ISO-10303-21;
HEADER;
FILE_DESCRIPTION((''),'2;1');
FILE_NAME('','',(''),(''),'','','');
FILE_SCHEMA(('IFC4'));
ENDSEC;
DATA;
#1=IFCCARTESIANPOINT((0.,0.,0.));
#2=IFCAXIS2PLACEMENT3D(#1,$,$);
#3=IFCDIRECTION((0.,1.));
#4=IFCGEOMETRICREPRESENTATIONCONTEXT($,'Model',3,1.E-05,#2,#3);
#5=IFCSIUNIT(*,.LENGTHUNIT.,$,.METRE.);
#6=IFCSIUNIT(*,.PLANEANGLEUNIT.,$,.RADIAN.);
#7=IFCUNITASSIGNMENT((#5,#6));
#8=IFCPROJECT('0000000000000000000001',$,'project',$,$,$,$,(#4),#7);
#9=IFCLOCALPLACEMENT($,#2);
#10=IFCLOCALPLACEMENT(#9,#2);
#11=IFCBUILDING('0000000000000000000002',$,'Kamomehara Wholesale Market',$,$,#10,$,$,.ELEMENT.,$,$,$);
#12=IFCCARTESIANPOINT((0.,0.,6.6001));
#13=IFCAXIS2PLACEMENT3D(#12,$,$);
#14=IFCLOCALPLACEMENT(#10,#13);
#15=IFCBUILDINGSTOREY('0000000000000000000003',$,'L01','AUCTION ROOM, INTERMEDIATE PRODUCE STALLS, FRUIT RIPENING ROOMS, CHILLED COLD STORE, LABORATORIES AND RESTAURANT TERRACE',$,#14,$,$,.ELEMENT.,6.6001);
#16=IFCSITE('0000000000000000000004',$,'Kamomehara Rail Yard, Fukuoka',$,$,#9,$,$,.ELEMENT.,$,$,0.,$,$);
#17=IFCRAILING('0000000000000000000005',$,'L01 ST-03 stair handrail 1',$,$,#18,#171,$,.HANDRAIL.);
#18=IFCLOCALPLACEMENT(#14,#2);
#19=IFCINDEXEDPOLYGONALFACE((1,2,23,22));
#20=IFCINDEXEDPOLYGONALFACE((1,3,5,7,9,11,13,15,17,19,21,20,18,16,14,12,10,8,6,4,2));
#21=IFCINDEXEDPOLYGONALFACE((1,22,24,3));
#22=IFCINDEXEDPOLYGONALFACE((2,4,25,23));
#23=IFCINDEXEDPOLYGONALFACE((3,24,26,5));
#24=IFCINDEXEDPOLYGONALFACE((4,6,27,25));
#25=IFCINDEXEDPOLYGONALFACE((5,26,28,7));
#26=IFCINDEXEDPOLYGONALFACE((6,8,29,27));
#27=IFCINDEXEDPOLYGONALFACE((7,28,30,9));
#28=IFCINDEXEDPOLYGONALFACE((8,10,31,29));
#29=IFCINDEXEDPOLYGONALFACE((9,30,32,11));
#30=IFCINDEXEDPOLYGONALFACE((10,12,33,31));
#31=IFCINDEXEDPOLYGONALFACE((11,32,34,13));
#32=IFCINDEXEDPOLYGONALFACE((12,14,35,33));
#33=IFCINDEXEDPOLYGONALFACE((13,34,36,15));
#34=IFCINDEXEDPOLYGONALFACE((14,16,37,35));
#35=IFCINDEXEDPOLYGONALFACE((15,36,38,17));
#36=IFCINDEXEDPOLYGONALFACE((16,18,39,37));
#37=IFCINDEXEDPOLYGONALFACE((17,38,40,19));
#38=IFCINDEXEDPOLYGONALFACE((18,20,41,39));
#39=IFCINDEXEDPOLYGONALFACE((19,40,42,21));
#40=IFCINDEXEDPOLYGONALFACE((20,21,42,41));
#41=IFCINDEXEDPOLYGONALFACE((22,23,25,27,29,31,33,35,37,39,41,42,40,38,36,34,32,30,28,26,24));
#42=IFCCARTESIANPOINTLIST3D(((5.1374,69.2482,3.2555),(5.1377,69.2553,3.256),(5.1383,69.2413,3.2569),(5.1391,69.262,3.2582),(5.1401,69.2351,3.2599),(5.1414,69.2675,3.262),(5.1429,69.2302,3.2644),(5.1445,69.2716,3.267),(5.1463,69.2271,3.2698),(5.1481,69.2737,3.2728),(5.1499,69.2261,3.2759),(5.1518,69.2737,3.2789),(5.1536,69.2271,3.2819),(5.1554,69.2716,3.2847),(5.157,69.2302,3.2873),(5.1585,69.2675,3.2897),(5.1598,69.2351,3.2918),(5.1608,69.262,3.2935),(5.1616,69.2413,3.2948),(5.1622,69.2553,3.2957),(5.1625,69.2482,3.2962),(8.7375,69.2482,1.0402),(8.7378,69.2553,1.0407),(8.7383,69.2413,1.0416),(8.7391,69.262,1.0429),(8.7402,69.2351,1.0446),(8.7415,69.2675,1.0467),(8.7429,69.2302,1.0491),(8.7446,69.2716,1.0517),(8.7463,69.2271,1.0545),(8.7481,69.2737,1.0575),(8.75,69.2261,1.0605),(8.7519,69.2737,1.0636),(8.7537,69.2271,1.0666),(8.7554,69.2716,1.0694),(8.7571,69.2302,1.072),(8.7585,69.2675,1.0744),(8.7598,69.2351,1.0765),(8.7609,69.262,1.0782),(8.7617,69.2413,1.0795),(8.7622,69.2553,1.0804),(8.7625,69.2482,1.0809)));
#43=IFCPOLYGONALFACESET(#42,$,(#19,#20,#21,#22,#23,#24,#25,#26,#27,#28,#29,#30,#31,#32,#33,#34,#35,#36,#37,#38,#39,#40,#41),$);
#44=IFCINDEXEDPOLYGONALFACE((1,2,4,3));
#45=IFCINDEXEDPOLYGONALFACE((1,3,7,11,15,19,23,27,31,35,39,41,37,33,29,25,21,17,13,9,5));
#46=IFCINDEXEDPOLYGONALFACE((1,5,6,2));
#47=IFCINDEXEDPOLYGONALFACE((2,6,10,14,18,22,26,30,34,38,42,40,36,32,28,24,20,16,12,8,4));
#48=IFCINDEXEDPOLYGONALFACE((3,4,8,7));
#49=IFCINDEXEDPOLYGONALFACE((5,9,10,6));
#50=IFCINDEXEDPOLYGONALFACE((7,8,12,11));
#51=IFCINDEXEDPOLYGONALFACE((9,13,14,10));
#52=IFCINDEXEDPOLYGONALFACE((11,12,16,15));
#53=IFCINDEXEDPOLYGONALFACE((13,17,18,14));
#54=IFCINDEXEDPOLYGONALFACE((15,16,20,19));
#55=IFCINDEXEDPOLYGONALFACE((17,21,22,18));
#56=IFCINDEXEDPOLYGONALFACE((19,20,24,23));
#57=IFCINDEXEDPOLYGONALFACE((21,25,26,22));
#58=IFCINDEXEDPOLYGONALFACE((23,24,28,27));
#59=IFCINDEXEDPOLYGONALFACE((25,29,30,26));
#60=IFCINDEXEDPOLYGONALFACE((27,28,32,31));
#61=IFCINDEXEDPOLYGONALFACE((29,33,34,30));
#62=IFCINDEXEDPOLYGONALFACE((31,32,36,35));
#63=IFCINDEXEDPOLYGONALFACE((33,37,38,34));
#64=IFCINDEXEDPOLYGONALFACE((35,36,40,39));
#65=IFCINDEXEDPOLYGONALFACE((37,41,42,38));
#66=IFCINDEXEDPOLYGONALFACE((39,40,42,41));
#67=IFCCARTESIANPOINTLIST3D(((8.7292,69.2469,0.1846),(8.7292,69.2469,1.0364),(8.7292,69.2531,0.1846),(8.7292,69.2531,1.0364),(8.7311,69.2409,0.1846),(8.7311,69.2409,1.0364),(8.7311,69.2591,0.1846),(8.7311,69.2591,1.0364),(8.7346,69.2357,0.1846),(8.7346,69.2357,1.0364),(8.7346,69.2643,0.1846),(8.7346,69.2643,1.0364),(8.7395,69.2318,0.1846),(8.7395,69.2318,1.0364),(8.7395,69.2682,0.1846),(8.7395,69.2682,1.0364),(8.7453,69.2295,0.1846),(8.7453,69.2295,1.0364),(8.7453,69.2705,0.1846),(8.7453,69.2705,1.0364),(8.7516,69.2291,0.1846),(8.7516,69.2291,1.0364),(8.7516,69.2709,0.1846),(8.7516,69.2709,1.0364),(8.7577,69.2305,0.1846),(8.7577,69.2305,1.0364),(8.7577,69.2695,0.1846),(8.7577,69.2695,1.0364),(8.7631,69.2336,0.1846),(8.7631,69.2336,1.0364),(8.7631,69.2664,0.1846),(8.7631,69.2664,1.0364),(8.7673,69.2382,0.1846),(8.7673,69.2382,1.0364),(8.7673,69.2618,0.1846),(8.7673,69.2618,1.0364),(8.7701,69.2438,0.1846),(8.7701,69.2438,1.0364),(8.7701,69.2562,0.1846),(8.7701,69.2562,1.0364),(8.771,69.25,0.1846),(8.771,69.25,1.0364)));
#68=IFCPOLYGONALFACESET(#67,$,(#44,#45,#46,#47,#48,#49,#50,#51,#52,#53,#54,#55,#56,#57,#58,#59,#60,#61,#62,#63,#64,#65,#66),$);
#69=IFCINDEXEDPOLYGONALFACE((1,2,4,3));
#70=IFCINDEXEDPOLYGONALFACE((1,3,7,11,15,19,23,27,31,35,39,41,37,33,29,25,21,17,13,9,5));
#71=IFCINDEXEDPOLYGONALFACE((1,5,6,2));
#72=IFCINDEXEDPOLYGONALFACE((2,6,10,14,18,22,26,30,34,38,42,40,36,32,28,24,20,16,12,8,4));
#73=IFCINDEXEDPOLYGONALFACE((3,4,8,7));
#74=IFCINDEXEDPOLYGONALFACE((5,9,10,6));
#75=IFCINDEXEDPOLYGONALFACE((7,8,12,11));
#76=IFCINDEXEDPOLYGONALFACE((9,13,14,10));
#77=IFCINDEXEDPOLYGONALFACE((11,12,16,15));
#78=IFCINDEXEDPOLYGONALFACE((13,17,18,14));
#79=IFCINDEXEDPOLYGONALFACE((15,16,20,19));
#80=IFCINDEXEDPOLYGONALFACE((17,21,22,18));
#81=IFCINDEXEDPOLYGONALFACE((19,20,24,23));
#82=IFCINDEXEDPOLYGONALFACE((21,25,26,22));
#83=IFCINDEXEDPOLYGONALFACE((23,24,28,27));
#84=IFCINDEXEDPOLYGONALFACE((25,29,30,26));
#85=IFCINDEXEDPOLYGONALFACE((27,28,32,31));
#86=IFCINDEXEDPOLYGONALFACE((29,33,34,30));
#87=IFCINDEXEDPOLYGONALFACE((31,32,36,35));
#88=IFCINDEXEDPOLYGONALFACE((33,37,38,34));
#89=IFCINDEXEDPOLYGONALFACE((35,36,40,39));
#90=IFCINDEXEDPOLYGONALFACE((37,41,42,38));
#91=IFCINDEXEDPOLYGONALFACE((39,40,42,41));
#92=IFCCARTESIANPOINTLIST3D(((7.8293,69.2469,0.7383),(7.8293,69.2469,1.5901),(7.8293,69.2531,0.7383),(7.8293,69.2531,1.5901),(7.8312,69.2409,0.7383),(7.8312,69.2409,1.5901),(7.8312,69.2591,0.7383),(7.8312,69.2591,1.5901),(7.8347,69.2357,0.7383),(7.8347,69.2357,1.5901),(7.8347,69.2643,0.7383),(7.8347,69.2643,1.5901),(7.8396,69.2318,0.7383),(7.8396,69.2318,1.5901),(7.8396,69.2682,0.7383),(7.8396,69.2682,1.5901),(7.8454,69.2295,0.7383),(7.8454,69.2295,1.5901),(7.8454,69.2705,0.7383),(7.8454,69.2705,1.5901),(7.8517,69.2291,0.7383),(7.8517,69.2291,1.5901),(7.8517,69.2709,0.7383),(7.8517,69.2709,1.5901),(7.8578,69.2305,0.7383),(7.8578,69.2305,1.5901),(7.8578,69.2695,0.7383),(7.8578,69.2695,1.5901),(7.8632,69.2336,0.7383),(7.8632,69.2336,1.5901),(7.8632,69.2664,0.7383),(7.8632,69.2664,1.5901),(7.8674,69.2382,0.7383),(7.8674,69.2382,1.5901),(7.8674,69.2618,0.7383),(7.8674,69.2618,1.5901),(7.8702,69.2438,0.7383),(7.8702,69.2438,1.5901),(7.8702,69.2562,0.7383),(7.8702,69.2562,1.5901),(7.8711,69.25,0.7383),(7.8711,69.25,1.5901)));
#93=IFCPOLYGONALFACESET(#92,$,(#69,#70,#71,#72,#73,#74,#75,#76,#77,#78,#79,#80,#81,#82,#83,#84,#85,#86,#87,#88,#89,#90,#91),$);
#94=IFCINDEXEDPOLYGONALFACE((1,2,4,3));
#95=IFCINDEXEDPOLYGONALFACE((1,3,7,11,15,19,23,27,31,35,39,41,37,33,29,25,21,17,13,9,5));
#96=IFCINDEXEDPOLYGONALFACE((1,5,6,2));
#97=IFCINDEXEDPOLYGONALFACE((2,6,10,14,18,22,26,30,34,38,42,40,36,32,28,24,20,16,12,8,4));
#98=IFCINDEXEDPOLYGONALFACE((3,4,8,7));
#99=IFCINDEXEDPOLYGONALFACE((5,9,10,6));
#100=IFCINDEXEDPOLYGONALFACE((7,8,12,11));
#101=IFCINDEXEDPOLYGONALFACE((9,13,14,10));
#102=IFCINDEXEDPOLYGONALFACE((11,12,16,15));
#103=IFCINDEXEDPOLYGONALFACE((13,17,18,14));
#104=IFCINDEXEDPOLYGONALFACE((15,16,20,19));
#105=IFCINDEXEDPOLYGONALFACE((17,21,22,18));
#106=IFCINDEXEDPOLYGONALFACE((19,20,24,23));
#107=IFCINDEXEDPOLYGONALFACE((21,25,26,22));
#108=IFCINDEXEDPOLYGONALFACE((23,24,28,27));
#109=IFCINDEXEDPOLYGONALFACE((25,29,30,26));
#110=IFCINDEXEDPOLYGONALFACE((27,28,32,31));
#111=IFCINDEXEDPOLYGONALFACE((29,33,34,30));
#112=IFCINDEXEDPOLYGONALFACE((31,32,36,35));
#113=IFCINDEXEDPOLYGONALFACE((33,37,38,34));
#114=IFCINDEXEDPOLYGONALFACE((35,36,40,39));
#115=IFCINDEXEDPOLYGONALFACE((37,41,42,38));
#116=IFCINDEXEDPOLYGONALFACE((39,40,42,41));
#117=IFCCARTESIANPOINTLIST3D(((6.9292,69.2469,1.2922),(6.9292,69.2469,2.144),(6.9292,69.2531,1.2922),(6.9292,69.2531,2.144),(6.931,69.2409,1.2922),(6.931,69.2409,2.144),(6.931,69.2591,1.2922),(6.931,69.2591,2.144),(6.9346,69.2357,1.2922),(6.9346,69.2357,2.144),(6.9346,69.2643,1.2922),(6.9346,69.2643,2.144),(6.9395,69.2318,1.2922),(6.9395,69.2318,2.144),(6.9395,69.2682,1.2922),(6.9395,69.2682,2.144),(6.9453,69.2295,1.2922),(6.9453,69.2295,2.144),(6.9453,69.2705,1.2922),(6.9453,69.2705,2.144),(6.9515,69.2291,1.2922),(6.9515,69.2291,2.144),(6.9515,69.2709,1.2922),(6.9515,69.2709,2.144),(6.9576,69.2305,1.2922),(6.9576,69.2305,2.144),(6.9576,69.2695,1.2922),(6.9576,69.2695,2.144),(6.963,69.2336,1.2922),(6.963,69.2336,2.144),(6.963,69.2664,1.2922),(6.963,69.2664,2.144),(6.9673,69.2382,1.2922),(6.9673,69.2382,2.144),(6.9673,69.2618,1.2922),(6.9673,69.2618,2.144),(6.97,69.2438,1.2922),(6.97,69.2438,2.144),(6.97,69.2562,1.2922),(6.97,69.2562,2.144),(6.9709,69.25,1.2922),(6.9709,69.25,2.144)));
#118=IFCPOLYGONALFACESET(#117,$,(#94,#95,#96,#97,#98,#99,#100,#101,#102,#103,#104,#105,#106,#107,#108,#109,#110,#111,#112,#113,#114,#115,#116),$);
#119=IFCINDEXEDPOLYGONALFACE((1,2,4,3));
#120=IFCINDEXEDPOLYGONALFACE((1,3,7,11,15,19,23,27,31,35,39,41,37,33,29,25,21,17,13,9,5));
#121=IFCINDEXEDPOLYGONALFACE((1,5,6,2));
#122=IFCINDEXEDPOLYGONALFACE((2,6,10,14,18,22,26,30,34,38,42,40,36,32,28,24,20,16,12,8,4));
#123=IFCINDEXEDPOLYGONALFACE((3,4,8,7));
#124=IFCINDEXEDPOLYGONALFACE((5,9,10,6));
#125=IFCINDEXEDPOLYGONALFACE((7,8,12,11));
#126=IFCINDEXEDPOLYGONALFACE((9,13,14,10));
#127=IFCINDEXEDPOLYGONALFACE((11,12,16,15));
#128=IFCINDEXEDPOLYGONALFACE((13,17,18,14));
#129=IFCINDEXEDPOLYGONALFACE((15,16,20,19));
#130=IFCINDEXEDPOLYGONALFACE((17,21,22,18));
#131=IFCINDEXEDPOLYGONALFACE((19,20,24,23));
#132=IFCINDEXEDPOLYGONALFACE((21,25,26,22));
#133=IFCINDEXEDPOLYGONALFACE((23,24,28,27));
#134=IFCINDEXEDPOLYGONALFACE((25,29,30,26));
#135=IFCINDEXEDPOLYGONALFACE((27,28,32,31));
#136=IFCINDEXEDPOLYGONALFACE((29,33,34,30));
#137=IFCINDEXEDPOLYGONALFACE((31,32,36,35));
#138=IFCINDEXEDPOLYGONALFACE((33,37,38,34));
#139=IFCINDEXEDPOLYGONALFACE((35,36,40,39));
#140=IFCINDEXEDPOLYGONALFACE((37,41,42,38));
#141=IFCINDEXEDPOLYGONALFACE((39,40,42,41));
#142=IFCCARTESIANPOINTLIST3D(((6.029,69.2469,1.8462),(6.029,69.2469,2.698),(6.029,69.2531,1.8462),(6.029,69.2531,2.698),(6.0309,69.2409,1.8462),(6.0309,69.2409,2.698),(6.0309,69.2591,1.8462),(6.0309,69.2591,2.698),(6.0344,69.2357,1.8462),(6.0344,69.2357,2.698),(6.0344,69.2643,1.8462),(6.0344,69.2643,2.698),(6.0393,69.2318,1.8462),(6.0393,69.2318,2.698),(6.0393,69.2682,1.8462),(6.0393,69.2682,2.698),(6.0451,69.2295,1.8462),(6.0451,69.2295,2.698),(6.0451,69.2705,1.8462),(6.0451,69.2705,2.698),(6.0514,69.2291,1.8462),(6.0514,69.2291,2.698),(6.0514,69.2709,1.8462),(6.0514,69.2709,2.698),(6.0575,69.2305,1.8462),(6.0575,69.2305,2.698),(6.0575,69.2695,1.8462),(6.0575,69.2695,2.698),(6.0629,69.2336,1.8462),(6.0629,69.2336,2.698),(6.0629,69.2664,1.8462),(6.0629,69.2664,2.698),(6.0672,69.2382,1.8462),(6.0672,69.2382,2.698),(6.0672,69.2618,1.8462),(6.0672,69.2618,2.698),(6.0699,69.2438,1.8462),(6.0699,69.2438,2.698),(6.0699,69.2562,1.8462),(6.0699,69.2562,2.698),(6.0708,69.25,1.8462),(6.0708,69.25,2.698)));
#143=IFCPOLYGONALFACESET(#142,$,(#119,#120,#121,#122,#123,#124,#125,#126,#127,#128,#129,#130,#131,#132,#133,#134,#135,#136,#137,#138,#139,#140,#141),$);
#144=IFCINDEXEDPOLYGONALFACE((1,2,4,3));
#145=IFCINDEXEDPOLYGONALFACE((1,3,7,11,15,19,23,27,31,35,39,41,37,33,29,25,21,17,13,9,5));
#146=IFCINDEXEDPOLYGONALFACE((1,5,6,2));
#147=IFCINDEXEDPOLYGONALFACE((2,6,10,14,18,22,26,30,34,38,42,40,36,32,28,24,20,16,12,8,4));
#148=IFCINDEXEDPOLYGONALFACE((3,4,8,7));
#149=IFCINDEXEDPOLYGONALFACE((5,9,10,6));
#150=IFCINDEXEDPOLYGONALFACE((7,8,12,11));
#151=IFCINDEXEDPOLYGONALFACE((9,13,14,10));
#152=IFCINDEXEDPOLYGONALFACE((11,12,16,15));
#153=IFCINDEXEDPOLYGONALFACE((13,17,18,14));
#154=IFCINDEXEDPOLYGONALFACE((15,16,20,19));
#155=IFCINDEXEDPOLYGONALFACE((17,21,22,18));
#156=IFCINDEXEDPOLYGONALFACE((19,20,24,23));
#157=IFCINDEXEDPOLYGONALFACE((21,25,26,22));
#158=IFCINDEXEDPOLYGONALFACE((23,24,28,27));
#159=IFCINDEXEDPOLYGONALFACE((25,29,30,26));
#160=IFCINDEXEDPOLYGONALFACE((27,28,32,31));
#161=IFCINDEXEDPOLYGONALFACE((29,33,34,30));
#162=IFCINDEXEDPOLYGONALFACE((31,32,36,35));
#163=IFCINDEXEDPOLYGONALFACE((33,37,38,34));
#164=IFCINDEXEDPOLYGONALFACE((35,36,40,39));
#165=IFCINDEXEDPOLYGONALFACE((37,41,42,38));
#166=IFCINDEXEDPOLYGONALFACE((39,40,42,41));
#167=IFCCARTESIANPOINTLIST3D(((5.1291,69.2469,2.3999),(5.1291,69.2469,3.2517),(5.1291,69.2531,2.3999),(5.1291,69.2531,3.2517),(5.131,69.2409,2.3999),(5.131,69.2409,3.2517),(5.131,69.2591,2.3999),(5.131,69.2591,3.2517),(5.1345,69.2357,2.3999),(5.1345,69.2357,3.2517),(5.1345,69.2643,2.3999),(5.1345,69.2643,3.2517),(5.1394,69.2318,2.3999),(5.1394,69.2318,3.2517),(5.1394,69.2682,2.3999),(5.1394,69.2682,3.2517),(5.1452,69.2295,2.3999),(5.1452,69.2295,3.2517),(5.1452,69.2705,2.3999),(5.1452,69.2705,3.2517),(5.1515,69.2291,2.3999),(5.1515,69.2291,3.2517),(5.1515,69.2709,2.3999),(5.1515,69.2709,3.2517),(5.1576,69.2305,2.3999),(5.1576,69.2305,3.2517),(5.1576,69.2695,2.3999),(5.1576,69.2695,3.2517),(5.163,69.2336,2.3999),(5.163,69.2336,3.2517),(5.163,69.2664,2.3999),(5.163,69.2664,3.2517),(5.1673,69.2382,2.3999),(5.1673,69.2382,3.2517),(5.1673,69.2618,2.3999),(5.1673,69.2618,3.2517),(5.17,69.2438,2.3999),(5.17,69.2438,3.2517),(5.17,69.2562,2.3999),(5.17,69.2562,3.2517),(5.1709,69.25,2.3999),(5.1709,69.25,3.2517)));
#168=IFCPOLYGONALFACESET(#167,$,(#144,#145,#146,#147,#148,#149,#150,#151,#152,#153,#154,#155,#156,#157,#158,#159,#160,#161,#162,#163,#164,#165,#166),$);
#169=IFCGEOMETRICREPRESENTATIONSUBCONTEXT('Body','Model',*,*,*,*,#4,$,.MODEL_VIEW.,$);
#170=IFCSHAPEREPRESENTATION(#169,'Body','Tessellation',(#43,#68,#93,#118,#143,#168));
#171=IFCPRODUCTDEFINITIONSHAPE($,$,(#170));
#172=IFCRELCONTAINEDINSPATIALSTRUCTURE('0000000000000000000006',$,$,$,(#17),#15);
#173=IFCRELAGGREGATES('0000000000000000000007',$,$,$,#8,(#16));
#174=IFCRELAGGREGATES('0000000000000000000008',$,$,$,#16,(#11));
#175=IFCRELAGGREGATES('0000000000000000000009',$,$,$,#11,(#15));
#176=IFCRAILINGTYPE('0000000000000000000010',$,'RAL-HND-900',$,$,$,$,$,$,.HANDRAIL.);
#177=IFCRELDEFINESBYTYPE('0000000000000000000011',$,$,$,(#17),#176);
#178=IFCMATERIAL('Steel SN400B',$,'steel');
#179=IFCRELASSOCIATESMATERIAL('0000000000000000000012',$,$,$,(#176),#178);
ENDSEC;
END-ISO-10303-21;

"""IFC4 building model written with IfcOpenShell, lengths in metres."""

from ifc_helpers import new_model, si_unit, direction, frame, origin, origin_2d, place, context, subcontext, project, spatial, circle, extrude, material, type_object, element, save


model = new_model("IFC4")

# Units and contexts
model_context = context("Model", 3, precision=1e-05, world=origin(), true_north=direction((0.0, 1.0)))
body_context = subcontext(model_context, "Body", "Model", "MODEL_VIEW")
ifc_project = project(units=[si_unit("LENGTHUNIT", "METRE"), si_unit("PLANEANGLEUNIT", "RADIAN")], contexts=[model_context])

# Site, building, storey
site_placement = place(None, origin())
site = spatial("IfcSite", under=ifc_project, at=site_placement, Name="Kamomehara Rail Yard, Fukuoka", CompositionType="ELEMENT", RefElevation=0.0)
building_placement = place(site_placement, origin())
building = spatial("IfcBuilding", under=site, at=building_placement, Name="Kamomehara Wholesale Market", CompositionType="ELEMENT")
storey_placement = place(building_placement, frame((0.0, 0.0, 6.6001)))
storey = spatial("IfcBuildingStorey", under=building, at=storey_placement, Name="L01", Description="AUCTION ROOM, INTERMEDIATE PRODUCE STALLS, FRUIT RIPENING ROOMS, CHILLED COLD STORE, LABORATORIES AND RESTAURANT TERRACE", CompositionType="ELEMENT", Elevation=6.6001)

# Railing
ifc_material_1 = material(Name="Steel SN400B", Category="steel")
railing_type_1 = type_object("IfcRailingType", Name="RAL-HND-900", PredefinedType="HANDRAIL", material=ifc_material_1)
railing_1_placement = place(storey_placement, frame((8.75, 69.25, 0.1846)))
element("IfcRailing", 1, at=railing_1_placement, inside=storey, type_object=railing_type_1, Name="L01 ST-03 stair handrail 1", PredefinedType="HANDRAIL", context=body_context, shape_type="SweptSolid", body=[
    extrude(circle(Radius=0.0239, at=origin_2d()), frame((0.0, 0.0, 0.876), z_axis=(-0.85167, 0.0, 0.524078), x_axis=(0.0, -1.0, 0.0)), (0.0, 0.0, 1.0), 4.2271),
    extrude(circle(Radius=0.021, at=origin_2d()), origin(), (0.0, 0.0, 1.0), 0.8518),
    extrude(circle(Radius=0.021, at=origin_2d()), frame((-0.8999, 0.0, 0.5537)), (0.0, 0.0, 1.0), 0.8518),
    extrude(circle(Radius=0.021, at=origin_2d()), frame((-1.8, 0.0, 1.1077)), (0.0, 0.0, 1.0), 0.8518),
    extrude(circle(Radius=0.021, at=origin_2d()), frame((-2.7002, 0.0, 1.6616)), (0.0, 0.0, 1.0), 0.8518),
    extrude(circle(Radius=0.021, at=origin_2d()), frame((-3.6001, 0.0, 2.2153)), (0.0, 0.0, 1.0), 0.8518),
])

save(model, "model.ifc")
